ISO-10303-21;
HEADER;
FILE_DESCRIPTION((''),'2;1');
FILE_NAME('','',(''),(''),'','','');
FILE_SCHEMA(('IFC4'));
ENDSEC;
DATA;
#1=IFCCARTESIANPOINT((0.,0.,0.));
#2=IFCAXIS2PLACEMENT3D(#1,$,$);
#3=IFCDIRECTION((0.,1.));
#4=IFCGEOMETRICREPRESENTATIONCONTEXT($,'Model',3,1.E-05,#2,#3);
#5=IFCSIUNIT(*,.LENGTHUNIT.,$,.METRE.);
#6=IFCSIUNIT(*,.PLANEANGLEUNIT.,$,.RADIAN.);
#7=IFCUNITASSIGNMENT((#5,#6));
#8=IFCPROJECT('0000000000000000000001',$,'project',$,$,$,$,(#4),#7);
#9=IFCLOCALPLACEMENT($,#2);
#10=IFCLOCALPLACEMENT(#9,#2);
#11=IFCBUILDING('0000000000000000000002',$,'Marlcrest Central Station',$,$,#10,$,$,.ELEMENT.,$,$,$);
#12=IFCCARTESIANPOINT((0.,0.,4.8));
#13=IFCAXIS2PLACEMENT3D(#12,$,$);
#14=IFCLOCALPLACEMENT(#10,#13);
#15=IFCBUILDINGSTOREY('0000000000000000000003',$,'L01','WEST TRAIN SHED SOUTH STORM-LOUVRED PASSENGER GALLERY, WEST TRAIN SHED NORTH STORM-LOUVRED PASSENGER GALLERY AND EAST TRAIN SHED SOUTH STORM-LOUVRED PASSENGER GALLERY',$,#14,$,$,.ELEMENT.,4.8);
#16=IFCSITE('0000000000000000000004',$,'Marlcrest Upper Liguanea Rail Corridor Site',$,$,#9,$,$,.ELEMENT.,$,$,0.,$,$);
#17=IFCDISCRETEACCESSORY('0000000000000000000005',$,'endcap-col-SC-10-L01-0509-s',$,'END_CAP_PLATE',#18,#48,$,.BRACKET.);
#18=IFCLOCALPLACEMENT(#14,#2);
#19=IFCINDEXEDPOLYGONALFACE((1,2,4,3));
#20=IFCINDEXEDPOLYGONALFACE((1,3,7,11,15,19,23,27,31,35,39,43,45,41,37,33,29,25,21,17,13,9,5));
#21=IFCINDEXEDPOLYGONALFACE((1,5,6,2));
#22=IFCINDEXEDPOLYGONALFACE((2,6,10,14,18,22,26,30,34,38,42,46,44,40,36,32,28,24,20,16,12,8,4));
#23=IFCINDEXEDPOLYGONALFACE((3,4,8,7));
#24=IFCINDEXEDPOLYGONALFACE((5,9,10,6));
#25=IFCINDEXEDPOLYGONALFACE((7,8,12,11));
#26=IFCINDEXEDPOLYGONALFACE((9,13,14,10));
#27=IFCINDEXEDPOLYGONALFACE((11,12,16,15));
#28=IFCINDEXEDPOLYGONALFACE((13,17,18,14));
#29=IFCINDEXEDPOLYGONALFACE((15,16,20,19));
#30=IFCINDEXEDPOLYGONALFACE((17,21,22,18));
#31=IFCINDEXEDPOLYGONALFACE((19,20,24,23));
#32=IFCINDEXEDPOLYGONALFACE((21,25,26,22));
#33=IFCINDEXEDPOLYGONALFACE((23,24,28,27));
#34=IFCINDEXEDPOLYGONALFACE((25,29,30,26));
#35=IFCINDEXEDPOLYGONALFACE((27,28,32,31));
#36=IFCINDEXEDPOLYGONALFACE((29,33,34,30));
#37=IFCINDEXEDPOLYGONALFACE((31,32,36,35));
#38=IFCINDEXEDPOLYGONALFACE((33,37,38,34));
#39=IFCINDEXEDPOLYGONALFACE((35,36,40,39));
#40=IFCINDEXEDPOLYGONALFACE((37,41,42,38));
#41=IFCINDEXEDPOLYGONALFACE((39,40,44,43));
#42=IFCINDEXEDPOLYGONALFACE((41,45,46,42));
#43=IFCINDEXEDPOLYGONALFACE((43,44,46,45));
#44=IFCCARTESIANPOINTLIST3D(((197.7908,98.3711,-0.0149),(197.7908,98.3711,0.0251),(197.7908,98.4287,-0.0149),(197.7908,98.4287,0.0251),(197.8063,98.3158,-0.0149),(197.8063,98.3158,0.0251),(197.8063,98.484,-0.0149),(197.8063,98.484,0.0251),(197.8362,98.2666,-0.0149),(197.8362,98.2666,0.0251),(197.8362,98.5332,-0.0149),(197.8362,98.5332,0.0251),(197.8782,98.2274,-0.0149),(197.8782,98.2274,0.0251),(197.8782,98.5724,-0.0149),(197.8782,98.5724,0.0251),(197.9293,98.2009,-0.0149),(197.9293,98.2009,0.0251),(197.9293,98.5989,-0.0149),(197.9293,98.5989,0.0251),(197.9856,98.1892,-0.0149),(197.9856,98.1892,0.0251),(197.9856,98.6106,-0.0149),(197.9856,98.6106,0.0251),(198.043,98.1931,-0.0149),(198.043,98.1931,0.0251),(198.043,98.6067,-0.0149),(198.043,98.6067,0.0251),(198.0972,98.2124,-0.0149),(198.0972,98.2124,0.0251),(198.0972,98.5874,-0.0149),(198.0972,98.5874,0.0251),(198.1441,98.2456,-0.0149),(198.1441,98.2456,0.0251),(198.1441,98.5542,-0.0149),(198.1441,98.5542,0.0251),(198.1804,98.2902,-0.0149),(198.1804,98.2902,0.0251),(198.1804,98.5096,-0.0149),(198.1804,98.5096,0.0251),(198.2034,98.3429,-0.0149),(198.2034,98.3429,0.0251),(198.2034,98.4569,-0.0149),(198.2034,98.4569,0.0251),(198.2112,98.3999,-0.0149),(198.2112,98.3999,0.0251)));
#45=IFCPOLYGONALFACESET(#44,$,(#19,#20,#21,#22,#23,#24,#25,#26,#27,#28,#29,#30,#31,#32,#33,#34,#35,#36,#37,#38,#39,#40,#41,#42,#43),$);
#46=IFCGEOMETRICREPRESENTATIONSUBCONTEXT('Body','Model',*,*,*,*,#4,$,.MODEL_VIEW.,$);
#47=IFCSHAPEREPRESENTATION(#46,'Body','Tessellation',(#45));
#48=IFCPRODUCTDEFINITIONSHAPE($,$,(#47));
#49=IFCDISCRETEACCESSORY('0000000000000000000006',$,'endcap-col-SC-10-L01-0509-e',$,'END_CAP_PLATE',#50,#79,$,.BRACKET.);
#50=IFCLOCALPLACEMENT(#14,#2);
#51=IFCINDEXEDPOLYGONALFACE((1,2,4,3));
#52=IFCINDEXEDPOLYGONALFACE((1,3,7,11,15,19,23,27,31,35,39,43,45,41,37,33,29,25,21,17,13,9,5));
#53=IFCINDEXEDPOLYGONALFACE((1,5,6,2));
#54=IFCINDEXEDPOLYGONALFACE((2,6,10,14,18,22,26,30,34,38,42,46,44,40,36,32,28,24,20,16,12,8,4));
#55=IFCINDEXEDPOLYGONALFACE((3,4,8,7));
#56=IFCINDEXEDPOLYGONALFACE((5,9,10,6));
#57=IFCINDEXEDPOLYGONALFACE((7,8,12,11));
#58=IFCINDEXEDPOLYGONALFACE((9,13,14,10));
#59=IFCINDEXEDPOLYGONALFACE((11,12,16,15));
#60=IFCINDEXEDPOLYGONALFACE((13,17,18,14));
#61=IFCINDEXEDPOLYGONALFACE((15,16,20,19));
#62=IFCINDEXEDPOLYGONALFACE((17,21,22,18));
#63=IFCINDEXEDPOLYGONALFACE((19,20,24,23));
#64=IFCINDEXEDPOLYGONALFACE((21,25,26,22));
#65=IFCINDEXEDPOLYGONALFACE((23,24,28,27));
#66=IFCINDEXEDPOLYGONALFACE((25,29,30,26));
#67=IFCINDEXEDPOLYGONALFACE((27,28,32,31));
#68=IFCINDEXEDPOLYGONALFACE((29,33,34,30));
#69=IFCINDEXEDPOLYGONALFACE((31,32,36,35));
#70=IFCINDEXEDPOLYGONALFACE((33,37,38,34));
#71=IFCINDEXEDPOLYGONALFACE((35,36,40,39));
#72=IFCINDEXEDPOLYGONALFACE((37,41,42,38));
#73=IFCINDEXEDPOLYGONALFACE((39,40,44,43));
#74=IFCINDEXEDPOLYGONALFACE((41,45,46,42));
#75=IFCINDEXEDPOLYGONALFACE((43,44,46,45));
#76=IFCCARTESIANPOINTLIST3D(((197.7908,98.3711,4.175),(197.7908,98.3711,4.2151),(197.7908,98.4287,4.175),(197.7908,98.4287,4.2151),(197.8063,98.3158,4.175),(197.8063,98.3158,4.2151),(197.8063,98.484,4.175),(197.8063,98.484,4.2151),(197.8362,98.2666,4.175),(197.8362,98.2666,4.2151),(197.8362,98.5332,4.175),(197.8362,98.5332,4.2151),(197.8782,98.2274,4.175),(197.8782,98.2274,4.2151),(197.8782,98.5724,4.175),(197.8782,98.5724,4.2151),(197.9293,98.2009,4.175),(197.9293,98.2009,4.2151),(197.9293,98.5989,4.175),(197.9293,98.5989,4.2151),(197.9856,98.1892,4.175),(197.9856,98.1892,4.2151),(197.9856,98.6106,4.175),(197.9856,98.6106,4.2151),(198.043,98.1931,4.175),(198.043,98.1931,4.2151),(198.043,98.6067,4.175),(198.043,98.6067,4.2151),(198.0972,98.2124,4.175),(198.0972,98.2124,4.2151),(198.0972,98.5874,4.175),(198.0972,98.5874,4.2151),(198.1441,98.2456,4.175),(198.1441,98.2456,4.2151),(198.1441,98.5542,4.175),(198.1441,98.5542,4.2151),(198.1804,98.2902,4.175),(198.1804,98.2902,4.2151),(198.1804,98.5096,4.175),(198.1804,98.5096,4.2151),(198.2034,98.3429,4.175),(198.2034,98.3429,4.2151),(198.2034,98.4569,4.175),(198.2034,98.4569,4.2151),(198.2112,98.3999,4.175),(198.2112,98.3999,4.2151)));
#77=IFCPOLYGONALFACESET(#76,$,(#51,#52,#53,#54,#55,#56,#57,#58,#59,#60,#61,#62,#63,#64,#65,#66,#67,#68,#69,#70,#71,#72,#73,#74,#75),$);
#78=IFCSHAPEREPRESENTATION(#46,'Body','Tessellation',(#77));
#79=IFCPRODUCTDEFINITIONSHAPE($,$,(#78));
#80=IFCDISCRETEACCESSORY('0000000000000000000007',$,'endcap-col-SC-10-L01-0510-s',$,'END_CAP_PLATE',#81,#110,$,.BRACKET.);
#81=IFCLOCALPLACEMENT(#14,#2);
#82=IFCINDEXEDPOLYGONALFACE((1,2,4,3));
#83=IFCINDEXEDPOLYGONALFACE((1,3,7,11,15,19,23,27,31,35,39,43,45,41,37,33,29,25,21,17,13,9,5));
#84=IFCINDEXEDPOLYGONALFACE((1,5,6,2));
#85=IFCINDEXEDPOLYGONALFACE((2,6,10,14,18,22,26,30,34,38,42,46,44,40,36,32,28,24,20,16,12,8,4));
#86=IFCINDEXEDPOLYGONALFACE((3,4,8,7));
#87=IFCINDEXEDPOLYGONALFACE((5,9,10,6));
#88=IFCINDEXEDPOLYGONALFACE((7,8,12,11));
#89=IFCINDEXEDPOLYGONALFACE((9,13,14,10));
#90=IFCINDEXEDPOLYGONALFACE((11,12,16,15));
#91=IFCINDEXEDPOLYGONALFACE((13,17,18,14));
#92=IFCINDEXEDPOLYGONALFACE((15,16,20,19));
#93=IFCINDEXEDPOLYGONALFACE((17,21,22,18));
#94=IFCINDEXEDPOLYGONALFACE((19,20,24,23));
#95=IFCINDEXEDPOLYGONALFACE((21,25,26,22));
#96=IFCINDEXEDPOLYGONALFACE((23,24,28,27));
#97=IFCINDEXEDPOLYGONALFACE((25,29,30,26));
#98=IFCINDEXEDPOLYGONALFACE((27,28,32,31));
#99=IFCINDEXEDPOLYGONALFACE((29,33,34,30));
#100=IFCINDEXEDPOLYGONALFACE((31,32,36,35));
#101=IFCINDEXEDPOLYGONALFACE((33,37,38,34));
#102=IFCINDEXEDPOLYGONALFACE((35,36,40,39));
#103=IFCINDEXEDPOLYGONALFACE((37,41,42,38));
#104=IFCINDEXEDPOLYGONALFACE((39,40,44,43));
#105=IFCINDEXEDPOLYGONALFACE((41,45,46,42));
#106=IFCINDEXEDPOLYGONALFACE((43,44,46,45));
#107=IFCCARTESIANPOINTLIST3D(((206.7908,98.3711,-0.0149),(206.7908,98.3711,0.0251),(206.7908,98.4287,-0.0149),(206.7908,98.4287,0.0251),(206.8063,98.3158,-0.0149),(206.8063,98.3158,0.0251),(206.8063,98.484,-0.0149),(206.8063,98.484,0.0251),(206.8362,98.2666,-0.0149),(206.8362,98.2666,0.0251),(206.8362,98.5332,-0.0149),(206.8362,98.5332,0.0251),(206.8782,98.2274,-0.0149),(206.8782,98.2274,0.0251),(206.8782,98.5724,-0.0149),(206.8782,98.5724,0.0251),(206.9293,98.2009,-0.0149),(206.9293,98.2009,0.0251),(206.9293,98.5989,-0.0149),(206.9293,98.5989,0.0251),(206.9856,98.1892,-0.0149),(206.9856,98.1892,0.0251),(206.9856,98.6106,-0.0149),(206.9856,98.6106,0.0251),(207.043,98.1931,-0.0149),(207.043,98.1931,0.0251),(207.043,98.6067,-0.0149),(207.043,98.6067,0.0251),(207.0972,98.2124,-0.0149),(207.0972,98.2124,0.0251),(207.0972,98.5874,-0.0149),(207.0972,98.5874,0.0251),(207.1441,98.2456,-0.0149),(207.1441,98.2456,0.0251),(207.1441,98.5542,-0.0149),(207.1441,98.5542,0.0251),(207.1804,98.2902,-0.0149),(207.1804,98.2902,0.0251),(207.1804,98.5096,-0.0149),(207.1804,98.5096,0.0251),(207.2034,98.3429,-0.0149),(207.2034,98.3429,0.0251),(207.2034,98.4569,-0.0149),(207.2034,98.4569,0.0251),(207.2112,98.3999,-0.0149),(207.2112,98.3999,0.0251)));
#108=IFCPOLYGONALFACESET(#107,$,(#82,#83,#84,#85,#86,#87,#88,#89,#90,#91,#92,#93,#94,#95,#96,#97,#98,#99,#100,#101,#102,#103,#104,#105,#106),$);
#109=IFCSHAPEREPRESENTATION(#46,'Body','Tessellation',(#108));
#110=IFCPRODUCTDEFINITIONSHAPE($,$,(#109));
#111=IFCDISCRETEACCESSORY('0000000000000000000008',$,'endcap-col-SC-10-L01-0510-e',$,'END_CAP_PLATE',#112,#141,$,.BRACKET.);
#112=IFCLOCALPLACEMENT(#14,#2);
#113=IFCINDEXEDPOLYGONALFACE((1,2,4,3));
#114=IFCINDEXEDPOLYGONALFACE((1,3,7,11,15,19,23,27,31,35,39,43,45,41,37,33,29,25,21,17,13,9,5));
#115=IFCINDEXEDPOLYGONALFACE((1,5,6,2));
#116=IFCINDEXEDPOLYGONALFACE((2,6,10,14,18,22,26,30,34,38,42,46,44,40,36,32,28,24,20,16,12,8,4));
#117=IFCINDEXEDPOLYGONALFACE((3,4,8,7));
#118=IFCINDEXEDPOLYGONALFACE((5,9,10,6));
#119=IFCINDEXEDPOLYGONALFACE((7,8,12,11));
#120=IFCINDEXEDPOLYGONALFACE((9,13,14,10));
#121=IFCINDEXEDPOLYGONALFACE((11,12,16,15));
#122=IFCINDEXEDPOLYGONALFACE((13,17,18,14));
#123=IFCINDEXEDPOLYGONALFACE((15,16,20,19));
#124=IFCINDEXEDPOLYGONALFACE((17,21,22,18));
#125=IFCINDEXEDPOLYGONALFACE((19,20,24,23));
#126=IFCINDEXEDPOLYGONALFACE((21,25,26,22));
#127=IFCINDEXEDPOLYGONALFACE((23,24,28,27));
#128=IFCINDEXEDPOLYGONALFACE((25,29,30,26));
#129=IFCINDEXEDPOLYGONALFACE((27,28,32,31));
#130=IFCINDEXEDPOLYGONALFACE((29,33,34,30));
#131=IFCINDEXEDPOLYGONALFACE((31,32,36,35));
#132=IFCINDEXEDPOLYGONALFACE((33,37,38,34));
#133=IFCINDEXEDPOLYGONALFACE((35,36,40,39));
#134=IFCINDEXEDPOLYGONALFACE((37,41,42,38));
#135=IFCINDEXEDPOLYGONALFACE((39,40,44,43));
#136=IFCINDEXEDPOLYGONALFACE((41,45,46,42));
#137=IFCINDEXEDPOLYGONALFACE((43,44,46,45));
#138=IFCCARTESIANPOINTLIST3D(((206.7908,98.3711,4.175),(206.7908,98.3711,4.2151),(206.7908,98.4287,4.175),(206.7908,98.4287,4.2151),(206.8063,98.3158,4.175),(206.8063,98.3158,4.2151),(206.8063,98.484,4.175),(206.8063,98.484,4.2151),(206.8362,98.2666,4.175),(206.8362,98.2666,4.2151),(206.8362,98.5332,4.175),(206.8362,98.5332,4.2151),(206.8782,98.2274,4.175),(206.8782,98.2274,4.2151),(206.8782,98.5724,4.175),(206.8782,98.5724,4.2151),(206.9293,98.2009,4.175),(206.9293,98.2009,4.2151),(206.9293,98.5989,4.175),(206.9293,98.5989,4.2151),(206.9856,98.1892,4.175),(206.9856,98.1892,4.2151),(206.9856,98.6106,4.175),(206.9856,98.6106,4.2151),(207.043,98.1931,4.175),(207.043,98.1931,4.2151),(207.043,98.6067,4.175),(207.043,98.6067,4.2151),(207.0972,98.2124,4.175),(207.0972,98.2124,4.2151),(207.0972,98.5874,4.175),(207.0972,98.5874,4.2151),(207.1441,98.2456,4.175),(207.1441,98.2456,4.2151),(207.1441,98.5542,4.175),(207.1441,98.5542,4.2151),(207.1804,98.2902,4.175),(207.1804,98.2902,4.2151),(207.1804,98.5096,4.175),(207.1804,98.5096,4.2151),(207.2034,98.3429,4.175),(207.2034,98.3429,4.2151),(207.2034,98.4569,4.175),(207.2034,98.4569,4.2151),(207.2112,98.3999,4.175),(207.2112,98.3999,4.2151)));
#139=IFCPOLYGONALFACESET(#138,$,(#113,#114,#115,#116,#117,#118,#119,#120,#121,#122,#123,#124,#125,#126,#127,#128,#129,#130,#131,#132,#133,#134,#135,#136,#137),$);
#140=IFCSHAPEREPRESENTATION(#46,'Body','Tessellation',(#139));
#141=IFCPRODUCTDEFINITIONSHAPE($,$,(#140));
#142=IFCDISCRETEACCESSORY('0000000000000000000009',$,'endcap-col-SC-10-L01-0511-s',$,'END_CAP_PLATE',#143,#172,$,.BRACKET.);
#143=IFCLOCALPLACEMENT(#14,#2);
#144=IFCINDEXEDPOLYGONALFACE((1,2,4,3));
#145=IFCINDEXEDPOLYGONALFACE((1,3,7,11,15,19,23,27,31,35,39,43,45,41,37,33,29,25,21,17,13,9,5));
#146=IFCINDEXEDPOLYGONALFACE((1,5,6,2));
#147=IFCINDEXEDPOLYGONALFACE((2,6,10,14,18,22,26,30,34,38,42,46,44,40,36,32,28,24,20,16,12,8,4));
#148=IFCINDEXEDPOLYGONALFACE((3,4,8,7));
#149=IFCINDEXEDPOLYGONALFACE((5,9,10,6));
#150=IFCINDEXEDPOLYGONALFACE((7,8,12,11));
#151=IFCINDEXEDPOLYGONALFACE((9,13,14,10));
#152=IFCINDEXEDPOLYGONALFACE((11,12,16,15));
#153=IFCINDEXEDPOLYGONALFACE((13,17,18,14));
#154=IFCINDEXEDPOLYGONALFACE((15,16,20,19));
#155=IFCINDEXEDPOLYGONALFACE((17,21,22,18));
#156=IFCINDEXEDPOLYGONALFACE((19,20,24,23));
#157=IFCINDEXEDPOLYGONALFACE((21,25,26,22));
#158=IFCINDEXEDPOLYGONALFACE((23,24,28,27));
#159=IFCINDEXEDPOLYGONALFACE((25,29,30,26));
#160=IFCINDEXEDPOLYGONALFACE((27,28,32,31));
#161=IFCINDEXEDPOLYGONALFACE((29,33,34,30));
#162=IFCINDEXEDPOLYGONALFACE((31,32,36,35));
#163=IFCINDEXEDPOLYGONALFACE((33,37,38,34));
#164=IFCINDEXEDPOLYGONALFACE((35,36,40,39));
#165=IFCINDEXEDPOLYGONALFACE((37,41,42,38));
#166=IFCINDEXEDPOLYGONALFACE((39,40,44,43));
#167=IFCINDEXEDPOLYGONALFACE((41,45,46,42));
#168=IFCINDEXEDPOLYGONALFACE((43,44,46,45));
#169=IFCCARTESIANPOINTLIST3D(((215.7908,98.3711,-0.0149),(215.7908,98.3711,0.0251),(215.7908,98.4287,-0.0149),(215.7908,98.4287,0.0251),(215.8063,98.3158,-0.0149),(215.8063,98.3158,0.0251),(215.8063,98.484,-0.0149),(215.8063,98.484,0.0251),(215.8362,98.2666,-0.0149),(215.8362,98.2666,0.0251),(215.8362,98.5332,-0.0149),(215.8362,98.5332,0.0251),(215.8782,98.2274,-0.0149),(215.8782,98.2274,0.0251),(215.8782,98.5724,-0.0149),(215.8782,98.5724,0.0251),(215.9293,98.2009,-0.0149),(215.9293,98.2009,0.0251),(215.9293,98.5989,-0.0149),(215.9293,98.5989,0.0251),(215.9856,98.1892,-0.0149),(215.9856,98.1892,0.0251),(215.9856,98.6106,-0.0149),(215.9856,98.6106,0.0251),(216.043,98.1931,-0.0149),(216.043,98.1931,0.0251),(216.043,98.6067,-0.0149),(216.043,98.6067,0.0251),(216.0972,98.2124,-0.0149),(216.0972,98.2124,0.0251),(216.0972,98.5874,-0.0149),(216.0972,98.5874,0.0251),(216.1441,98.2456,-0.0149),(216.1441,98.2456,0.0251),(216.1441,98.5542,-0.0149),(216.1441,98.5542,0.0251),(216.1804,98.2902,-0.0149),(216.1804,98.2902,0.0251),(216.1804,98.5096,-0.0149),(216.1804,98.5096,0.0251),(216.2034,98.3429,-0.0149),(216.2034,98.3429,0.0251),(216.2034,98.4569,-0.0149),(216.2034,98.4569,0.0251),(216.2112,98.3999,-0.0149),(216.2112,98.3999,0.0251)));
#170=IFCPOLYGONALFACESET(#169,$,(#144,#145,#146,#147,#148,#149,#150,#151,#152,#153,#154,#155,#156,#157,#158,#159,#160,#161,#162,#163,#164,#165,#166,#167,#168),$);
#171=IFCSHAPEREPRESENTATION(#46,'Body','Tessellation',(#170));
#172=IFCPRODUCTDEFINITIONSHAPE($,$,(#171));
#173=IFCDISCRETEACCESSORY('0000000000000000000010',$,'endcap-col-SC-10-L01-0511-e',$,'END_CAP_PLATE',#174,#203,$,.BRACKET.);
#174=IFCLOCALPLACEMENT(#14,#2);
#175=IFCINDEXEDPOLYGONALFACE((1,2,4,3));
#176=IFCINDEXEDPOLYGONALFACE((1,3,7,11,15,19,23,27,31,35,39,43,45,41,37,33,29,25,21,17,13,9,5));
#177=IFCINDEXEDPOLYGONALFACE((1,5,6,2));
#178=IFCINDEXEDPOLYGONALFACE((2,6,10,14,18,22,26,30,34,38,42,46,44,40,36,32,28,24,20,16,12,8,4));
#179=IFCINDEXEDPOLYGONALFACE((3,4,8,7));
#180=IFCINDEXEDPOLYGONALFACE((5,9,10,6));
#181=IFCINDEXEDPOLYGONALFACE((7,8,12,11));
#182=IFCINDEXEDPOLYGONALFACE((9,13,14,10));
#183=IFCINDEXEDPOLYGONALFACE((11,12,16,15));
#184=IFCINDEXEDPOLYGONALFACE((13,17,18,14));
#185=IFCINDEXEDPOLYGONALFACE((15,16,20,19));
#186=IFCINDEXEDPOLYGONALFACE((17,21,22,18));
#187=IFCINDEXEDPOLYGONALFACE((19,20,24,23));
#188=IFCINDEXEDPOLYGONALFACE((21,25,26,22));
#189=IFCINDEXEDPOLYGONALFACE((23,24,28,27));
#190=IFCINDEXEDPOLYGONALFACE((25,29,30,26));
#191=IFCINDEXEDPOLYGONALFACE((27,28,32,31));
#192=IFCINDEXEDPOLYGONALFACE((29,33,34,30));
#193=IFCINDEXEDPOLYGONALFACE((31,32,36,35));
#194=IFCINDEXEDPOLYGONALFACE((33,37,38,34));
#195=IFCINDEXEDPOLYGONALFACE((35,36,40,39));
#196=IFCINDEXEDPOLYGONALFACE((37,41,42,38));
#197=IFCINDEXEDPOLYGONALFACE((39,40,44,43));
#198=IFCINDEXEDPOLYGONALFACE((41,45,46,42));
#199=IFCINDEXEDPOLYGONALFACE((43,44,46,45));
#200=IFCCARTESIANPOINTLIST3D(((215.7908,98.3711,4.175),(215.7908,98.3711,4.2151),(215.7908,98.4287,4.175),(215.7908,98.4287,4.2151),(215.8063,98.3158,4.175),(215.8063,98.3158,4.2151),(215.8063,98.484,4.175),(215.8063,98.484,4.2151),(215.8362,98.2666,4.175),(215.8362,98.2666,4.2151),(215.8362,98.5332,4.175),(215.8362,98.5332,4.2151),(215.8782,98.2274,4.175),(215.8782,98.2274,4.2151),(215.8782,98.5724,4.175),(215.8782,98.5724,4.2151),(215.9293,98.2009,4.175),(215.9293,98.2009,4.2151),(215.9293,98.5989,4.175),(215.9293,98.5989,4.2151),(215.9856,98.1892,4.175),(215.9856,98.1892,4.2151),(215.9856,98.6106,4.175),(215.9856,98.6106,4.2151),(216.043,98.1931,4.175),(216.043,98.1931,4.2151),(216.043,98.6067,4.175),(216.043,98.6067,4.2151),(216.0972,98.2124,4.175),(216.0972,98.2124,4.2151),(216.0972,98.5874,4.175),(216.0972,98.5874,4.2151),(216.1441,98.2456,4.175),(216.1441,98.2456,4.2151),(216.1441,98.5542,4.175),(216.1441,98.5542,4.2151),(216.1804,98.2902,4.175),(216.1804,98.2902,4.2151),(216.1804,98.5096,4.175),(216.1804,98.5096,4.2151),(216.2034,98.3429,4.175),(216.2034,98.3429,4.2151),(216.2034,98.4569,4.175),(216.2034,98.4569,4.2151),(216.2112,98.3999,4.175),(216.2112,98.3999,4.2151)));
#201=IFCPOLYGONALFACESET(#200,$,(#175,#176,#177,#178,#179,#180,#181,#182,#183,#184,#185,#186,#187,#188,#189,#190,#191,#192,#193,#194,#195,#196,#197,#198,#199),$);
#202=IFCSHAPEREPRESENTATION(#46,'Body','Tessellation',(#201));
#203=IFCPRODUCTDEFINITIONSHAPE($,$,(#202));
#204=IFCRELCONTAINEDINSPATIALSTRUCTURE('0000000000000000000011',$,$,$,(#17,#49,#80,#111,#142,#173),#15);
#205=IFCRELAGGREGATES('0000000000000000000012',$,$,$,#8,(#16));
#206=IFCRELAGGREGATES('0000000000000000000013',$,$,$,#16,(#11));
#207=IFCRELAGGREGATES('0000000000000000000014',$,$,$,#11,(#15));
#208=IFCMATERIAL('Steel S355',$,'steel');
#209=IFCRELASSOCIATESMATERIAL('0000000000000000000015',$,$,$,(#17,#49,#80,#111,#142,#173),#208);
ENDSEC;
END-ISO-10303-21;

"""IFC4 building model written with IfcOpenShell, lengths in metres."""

from ifc_helpers import new_model, si_unit, direction, frame, origin, origin_2d, place, context, subcontext, project, spatial, circle, extrude, material, element, save


model = new_model("IFC4")

# Units and contexts
model_context = context("Model", 3, precision=1e-05, world=origin(), true_north=direction((0.0, 1.0)))
body_context = subcontext(model_context, "Body", "Model", "MODEL_VIEW")
ifc_project = project(units=[si_unit("LENGTHUNIT", "METRE"), si_unit("PLANEANGLEUNIT", "RADIAN")], contexts=[model_context])

# Site, building, storey
site_placement = place(None, origin())
site = spatial("IfcSite", under=ifc_project, at=site_placement, Name="Marlcrest Upper Liguanea Rail Corridor Site", CompositionType="ELEMENT", RefElevation=0.0)
building_placement = place(site_placement, origin())
building = spatial("IfcBuilding", under=site, at=building_placement, Name="Marlcrest Central Station", CompositionType="ELEMENT")
storey_placement = place(building_placement, frame((0.0, 0.0, 4.8)))
storey = spatial("IfcBuildingStorey", under=building, at=storey_placement, Name="L01", Description="WEST TRAIN SHED SOUTH STORM-LOUVRED PASSENGER GALLERY, WEST TRAIN SHED NORTH STORM-LOUVRED PASSENGER GALLERY AND EAST TRAIN SHED SOUTH STORM-LOUVRED PASSENGER GALLERY", CompositionType="ELEMENT", Elevation=4.8)

# Shared definitions
ifc_material_1 = material(Name="Steel S355", Category="steel")

# Discrete accessories
for number, where, z_axis, x_axis, name in (
    (1, (198.0, 98.3999, -0.0149), (0.0, 0.0, 1.0), (1.0, 0.0, 0.0), "endcap-col-SC-10-L01-0509-s"),
    (2, (198.0, 98.3999, 4.175), (0.0, 0.0, 1.0), (1.0, 0.0, 0.0), "endcap-col-SC-10-L01-0509-e"),
    (3, (207.0, 98.3999, -0.0149), (0.0, 0.0, 1.0), (1.0, 0.0, 0.0), "endcap-col-SC-10-L01-0510-s"),
    (4, (207.0, 98.3999, 4.175), (0.0, 0.0, 1.0), (1.0, 0.0, 0.0), "endcap-col-SC-10-L01-0510-e"),
    (5, (216.0, 98.3999, -0.0149), (0.0, 0.0, 1.0), (1.0, 0.0, 0.0), "endcap-col-SC-10-L01-0511-s"),
    (6, (216.0, 98.3999, 4.175), (0.0, 0.0, 1.0), (1.0, 0.0, 0.0), "endcap-col-SC-10-L01-0511-e"),
):
    element("IfcDiscreteAccessory", number, at=place(storey_placement, frame(where, z_axis=z_axis, x_axis=x_axis)), inside=storey, material=ifc_material_1, Name=name, ObjectType="END_CAP_PLATE", PredefinedType="BRACKET", context=body_context, shape_type="SweptSolid", body=[
        extrude(circle(Radius=0.2112, at=origin_2d()), origin(), (0.0, 0.0, 1.0), 0.04),
    ])

save(model, "model.ifc")
